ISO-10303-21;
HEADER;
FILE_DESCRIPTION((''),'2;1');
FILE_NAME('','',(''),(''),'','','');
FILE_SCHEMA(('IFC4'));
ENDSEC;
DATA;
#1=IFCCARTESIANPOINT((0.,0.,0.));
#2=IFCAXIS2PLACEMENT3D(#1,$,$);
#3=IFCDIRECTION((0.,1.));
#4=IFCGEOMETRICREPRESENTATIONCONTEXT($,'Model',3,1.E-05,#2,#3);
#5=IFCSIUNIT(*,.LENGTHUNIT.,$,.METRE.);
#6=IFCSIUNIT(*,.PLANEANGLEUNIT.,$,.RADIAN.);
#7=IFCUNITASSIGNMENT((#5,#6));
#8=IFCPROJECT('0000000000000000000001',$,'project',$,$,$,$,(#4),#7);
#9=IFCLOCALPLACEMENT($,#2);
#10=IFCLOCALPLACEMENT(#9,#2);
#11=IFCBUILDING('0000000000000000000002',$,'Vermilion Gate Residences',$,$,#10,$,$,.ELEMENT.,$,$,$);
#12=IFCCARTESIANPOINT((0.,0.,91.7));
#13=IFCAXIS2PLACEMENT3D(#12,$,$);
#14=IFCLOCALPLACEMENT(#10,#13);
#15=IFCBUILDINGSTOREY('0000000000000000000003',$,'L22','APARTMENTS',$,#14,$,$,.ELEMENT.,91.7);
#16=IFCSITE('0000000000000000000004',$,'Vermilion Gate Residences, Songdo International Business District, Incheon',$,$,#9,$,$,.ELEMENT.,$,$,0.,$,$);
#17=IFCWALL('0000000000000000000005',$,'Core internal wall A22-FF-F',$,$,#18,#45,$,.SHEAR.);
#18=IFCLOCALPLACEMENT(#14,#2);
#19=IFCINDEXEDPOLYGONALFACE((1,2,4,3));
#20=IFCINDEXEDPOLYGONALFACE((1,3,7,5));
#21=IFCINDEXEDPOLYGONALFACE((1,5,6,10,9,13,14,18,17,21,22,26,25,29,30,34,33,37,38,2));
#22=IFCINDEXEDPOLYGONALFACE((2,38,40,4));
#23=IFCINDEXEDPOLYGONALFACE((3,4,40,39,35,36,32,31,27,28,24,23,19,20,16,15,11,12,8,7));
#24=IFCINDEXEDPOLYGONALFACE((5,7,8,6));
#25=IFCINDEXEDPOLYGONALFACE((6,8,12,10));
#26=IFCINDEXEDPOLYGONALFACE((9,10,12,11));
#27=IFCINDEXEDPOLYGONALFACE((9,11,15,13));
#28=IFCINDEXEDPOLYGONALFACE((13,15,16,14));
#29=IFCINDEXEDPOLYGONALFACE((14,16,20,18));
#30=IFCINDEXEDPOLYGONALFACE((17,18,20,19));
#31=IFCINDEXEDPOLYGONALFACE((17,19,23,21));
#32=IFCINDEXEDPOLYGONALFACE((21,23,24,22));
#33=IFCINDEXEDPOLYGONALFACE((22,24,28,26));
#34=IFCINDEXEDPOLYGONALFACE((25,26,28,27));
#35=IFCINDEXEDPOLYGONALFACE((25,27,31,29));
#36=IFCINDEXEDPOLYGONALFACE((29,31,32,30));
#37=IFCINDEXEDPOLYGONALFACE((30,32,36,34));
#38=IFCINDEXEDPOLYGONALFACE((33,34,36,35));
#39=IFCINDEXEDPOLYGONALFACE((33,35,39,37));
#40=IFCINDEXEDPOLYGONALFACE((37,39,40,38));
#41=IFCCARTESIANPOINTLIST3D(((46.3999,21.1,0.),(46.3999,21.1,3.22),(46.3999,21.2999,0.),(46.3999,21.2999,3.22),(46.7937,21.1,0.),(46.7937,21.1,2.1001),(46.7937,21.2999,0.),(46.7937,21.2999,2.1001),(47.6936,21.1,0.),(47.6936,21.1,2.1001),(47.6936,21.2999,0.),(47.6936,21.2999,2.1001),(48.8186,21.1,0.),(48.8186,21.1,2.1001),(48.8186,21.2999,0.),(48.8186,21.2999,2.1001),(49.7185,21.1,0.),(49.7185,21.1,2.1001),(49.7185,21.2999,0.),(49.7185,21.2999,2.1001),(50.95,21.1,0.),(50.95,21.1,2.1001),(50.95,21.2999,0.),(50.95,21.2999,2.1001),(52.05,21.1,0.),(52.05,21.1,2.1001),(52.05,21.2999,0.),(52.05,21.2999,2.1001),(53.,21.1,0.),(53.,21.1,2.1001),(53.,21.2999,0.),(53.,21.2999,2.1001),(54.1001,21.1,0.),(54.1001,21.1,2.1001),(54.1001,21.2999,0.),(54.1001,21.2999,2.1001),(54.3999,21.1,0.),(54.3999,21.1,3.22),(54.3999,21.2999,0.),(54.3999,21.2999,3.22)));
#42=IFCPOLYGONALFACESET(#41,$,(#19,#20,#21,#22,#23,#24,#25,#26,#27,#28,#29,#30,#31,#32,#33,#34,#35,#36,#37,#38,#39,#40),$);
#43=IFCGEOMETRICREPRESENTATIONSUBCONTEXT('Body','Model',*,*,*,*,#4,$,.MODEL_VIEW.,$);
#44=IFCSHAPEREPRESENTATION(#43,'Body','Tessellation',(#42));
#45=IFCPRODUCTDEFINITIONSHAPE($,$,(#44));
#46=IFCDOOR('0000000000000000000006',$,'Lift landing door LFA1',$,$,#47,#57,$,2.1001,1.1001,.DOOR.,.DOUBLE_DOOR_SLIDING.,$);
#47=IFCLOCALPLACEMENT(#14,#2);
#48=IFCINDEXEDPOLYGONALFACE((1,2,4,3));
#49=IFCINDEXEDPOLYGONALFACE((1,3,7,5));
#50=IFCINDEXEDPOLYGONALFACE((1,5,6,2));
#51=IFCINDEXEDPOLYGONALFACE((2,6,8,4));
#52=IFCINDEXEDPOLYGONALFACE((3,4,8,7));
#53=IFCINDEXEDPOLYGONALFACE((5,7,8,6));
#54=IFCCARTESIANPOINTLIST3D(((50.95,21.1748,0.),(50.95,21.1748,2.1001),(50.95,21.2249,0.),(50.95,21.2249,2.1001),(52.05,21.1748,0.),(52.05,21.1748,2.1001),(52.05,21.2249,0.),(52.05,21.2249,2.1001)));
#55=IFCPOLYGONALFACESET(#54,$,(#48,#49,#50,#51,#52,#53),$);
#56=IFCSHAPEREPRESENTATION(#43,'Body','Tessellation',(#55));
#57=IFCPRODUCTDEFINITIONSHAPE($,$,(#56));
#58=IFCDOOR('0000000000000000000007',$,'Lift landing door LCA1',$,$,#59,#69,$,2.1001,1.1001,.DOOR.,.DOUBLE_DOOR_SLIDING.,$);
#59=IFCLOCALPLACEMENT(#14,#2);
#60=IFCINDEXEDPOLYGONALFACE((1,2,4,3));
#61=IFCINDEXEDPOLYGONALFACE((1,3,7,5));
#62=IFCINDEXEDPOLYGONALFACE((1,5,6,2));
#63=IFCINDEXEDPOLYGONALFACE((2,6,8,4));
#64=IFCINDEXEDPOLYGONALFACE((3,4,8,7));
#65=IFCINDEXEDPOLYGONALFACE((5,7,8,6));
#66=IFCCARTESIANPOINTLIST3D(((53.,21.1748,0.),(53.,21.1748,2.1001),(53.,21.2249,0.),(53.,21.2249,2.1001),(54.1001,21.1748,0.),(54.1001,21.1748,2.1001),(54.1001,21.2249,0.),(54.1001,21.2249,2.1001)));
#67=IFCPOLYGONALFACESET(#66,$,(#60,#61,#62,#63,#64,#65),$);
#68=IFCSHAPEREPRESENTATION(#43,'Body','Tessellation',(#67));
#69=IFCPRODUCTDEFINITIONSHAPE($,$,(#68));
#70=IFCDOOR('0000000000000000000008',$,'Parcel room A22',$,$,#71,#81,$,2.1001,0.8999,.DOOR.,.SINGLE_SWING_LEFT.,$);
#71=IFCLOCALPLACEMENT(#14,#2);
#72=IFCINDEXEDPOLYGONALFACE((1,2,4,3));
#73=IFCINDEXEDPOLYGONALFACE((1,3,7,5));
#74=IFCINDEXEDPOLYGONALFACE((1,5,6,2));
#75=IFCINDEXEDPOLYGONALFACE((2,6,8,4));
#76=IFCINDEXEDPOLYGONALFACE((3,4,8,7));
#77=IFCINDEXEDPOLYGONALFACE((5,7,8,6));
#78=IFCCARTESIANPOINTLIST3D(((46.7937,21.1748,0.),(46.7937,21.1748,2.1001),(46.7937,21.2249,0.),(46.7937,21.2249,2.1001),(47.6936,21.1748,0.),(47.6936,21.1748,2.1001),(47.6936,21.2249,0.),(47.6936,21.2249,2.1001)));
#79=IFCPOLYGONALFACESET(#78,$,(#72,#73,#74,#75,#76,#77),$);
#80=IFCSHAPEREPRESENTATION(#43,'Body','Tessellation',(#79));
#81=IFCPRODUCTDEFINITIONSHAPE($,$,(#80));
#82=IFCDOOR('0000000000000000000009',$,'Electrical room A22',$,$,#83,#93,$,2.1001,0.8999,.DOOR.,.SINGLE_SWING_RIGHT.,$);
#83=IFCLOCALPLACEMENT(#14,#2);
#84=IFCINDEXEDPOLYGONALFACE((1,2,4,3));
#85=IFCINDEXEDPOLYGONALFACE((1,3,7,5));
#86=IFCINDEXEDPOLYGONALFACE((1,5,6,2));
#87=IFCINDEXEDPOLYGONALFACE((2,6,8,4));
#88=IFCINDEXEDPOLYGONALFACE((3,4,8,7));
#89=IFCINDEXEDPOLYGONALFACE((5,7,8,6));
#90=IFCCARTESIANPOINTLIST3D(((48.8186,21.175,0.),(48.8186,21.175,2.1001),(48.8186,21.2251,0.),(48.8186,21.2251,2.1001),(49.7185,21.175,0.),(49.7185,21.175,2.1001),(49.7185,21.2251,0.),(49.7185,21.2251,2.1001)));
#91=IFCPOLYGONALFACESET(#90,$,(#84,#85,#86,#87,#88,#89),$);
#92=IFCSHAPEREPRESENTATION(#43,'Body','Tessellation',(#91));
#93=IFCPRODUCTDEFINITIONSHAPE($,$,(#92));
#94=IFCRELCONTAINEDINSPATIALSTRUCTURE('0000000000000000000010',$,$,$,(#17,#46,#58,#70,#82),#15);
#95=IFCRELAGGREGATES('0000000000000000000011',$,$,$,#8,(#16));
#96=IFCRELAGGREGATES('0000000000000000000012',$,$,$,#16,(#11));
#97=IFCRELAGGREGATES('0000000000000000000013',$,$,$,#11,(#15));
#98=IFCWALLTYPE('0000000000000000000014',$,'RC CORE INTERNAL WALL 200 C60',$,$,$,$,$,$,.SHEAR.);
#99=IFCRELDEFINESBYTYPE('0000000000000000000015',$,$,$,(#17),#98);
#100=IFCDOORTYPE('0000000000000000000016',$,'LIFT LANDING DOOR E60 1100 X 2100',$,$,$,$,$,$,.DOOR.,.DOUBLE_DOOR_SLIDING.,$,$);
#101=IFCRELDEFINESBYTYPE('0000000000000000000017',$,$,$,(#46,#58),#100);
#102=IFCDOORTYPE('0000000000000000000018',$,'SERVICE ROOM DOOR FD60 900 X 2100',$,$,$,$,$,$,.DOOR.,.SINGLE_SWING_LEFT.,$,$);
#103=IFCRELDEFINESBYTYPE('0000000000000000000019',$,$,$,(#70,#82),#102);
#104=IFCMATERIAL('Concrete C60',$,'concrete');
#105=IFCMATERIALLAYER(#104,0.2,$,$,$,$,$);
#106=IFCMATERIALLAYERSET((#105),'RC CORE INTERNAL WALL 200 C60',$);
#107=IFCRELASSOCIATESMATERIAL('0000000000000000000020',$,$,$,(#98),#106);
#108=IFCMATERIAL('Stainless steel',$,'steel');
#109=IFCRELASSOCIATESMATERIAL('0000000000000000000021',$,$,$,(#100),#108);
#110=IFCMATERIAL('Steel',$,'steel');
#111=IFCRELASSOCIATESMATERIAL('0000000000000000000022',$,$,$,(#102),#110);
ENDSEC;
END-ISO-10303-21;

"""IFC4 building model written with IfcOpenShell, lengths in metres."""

from ifc_helpers import new_model, si_unit, direction, frame, frame_2d, origin, place, context, subcontext, project, spatial, rectangle, extrude, material, layer, layer_set, type_object, element, fill, save


model = new_model("IFC4")

# Units and contexts
model_context = context("Model", 3, precision=1e-05, world=origin(), true_north=direction((0.0, 1.0)))
body_context = subcontext(model_context, "Body", "Model", "MODEL_VIEW")
ifc_project = project(units=[si_unit("LENGTHUNIT", "METRE"), si_unit("PLANEANGLEUNIT", "RADIAN")], contexts=[model_context])

# Site, building, storey
site_placement = place(None, origin())
site = spatial("IfcSite", under=ifc_project, at=site_placement, Name="Vermilion Gate Residences, Songdo International Business District, Incheon", CompositionType="ELEMENT", RefElevation=0.0)
building_placement = place(site_placement, origin())
building = spatial("IfcBuilding", under=site, at=building_placement, Name="Vermilion Gate Residences", CompositionType="ELEMENT")
storey_placement = place(building_placement, frame((0.0, 0.0, 91.7)))
storey = spatial("IfcBuildingStorey", under=building, at=storey_placement, Name="L22", Description="APARTMENTS", CompositionType="ELEMENT", Elevation=91.7)

# Shared definitions
ifc_material_1 = material(Name="Concrete C60", Category="concrete")
ifc_layer_1 = layer(ifc_material_1, 0.2)
ifc_layer_set_1 = layer_set([ifc_layer_1], Name="RC CORE INTERNAL WALL 200 C60")
wall_type_1 = type_object("IfcWallType", Name="RC CORE INTERNAL WALL 200 C60", PredefinedType="SHEAR", material=ifc_layer_set_1)

# Wall, openings, doors
wall_1_placement = place(storey_placement, frame((46.3999, 21.2, 0.0), z_axis=(0.0, 0.0, 1.0), x_axis=(1.0, 0.0, 0.0)))
wall_1 = element("IfcWall", 1, at=wall_1_placement, inside=storey, type_object=wall_type_1, Name="Core internal wall A22-FF-F", PredefinedType="SHEAR", context=body_context, shape_type="SweptSolid", body=[
    extrude(rectangle(XDim=8.0, YDim=0.2, at=frame_2d((4.0, 0.0))), origin(), (0.0, 0.0, 1.0), 3.22),
])
opening_1_placement = place(wall_1_placement, frame((0.3938, 0.0, 0.0)))
opening_1 = element("IfcOpeningElement", 2, at=opening_1_placement, cuts=wall_1, PredefinedType="OPENING", context=body_context, shape_type="SweptSolid", body=[
    extrude(rectangle(XDim=0.8999, YDim=2.1001, at=frame_2d((0.45, 1.05))), frame((0.0, 0.1099, 0.0), z_axis=(0.0, -1.0, 0.0), x_axis=(1.0, 0.0, 0.0)), (0.0, 0.0, 1.0), 0.22),
])
opening_2_placement = place(wall_1_placement, frame((2.4187, 0.0, 0.0)))
opening_2 = element("IfcOpeningElement", 3, at=opening_2_placement, cuts=wall_1, PredefinedType="OPENING", context=body_context, shape_type="SweptSolid", body=[
    extrude(rectangle(XDim=0.8999, YDim=2.1001, at=frame_2d((0.45, 1.05))), frame((0.0, 0.1099, 0.0), z_axis=(0.0, -1.0, 0.0), x_axis=(1.0, 0.0, 0.0)), (0.0, 0.0, 1.0), 0.22),
])
opening_3_placement = place(wall_1_placement, frame((4.55, 0.0, 0.0)))
opening_3 = element("IfcOpeningElement", 4, at=opening_3_placement, cuts=wall_1, PredefinedType="OPENING", context=body_context, shape_type="SweptSolid", body=[
    extrude(rectangle(XDim=1.1001, YDim=2.1001, at=frame_2d((0.55, 1.05))), frame((0.0, 0.1099, 0.0), z_axis=(0.0, -1.0, 0.0), x_axis=(1.0, 0.0, 0.0)), (0.0, 0.0, 1.0), 0.22),
])
opening_4_placement = place(wall_1_placement, frame((6.6001, 0.0, 0.0)))
opening_4 = element("IfcOpeningElement", 5, at=opening_4_placement, cuts=wall_1, PredefinedType="OPENING", context=body_context, shape_type="SweptSolid", body=[
    extrude(rectangle(XDim=1.1001, YDim=2.1001, at=frame_2d((0.55, 1.05))), frame((0.0, 0.1099, 0.0), z_axis=(0.0, -1.0, 0.0), x_axis=(1.0, 0.0, 0.0)), (0.0, 0.0, 1.0), 0.22),
])
ifc_material_2 = material(Name="Stainless steel", Category="steel")
door_type_1 = type_object("IfcDoorType", Name="LIFT LANDING DOOR E60 1100 X 2100", OperationType="DOUBLE_DOOR_SLIDING", PredefinedType="DOOR", material=ifc_material_2)
door_1_placement = place(opening_3_placement, origin())
door_1 = element("IfcDoor", 6, at=door_1_placement, inside=storey, type_object=door_type_1, Name="Lift landing door LFA1", OperationType="DOUBLE_DOOR_SLIDING", OverallHeight=2.1001, OverallWidth=1.1001, PredefinedType="DOOR", context=body_context, shape_type="SweptSolid", body=[
    extrude(rectangle(XDim=1.1001, YDim=2.1001, at=frame_2d((0.55, 1.05))), frame((0.0, 0.0249, 0.0), z_axis=(0.0, -1.0, 0.0), x_axis=(1.0, 0.0, 0.0)), (0.0, 0.0, 1.0), 0.05),
])
fill(opening_3, door_1)
door_2_placement = place(opening_4_placement, origin())
door_2 = element("IfcDoor", 7, at=door_2_placement, inside=storey, type_object=door_type_1, Name="Lift landing door LCA1", OperationType="DOUBLE_DOOR_SLIDING", OverallHeight=2.1001, OverallWidth=1.1001, PredefinedType="DOOR", context=body_context, shape_type="SweptSolid", body=[
    extrude(rectangle(XDim=1.1001, YDim=2.1001, at=frame_2d((0.55, 1.05))), frame((0.0, 0.0249, 0.0), z_axis=(0.0, -1.0, 0.0), x_axis=(1.0, 0.0, 0.0)), (0.0, 0.0, 1.0), 0.05),
])
fill(opening_4, door_2)
ifc_material_3 = material(Name="Steel", Category="steel")
door_type_2 = type_object("IfcDoorType", Name="SERVICE ROOM DOOR FD60 900 X 2100", OperationType="SINGLE_SWING_LEFT", PredefinedType="DOOR", material=ifc_material_3)
door_3_placement = place(opening_1_placement, origin())
door_3 = element("IfcDoor", 8, at=door_3_placement, inside=storey, type_object=door_type_2, Name="Parcel room A22", OperationType="SINGLE_SWING_LEFT", OverallHeight=2.1001, OverallWidth=0.8999, PredefinedType="DOOR", context=body_context, shape_type="SweptSolid", body=[
    extrude(rectangle(XDim=0.8999, YDim=2.1001, at=frame_2d((0.45, 1.05))), frame((0.0, 0.0249, 0.0), z_axis=(0.0, -1.0, 0.0), x_axis=(1.0, 0.0, 0.0)), (0.0, 0.0, 1.0), 0.05),
])
fill(opening_1, door_3)
door_4_placement = place(opening_2_placement, frame((0.8999, 0.0, 0.0), z_axis=(0.0, 0.0, 1.0), x_axis=(-1.0, 0.0, 0.0)))
door_4 = element("IfcDoor", 9, at=door_4_placement, inside=storey, type_object=door_type_2, Name="Electrical room A22", OperationType="SINGLE_SWING_RIGHT", OverallHeight=2.1001, OverallWidth=0.8999, PredefinedType="DOOR", context=body_context, shape_type="SweptSolid", body=[
    extrude(rectangle(XDim=0.8999, YDim=2.1001, at=frame_2d((0.45, 1.05))), frame((0.0, 0.0249, 0.0), z_axis=(0.0, -1.0, 0.0), x_axis=(1.0, 0.0, 0.0)), (0.0, 0.0, 1.0), 0.05),
])
fill(opening_2, door_4)

save(model, "model.ifc")
